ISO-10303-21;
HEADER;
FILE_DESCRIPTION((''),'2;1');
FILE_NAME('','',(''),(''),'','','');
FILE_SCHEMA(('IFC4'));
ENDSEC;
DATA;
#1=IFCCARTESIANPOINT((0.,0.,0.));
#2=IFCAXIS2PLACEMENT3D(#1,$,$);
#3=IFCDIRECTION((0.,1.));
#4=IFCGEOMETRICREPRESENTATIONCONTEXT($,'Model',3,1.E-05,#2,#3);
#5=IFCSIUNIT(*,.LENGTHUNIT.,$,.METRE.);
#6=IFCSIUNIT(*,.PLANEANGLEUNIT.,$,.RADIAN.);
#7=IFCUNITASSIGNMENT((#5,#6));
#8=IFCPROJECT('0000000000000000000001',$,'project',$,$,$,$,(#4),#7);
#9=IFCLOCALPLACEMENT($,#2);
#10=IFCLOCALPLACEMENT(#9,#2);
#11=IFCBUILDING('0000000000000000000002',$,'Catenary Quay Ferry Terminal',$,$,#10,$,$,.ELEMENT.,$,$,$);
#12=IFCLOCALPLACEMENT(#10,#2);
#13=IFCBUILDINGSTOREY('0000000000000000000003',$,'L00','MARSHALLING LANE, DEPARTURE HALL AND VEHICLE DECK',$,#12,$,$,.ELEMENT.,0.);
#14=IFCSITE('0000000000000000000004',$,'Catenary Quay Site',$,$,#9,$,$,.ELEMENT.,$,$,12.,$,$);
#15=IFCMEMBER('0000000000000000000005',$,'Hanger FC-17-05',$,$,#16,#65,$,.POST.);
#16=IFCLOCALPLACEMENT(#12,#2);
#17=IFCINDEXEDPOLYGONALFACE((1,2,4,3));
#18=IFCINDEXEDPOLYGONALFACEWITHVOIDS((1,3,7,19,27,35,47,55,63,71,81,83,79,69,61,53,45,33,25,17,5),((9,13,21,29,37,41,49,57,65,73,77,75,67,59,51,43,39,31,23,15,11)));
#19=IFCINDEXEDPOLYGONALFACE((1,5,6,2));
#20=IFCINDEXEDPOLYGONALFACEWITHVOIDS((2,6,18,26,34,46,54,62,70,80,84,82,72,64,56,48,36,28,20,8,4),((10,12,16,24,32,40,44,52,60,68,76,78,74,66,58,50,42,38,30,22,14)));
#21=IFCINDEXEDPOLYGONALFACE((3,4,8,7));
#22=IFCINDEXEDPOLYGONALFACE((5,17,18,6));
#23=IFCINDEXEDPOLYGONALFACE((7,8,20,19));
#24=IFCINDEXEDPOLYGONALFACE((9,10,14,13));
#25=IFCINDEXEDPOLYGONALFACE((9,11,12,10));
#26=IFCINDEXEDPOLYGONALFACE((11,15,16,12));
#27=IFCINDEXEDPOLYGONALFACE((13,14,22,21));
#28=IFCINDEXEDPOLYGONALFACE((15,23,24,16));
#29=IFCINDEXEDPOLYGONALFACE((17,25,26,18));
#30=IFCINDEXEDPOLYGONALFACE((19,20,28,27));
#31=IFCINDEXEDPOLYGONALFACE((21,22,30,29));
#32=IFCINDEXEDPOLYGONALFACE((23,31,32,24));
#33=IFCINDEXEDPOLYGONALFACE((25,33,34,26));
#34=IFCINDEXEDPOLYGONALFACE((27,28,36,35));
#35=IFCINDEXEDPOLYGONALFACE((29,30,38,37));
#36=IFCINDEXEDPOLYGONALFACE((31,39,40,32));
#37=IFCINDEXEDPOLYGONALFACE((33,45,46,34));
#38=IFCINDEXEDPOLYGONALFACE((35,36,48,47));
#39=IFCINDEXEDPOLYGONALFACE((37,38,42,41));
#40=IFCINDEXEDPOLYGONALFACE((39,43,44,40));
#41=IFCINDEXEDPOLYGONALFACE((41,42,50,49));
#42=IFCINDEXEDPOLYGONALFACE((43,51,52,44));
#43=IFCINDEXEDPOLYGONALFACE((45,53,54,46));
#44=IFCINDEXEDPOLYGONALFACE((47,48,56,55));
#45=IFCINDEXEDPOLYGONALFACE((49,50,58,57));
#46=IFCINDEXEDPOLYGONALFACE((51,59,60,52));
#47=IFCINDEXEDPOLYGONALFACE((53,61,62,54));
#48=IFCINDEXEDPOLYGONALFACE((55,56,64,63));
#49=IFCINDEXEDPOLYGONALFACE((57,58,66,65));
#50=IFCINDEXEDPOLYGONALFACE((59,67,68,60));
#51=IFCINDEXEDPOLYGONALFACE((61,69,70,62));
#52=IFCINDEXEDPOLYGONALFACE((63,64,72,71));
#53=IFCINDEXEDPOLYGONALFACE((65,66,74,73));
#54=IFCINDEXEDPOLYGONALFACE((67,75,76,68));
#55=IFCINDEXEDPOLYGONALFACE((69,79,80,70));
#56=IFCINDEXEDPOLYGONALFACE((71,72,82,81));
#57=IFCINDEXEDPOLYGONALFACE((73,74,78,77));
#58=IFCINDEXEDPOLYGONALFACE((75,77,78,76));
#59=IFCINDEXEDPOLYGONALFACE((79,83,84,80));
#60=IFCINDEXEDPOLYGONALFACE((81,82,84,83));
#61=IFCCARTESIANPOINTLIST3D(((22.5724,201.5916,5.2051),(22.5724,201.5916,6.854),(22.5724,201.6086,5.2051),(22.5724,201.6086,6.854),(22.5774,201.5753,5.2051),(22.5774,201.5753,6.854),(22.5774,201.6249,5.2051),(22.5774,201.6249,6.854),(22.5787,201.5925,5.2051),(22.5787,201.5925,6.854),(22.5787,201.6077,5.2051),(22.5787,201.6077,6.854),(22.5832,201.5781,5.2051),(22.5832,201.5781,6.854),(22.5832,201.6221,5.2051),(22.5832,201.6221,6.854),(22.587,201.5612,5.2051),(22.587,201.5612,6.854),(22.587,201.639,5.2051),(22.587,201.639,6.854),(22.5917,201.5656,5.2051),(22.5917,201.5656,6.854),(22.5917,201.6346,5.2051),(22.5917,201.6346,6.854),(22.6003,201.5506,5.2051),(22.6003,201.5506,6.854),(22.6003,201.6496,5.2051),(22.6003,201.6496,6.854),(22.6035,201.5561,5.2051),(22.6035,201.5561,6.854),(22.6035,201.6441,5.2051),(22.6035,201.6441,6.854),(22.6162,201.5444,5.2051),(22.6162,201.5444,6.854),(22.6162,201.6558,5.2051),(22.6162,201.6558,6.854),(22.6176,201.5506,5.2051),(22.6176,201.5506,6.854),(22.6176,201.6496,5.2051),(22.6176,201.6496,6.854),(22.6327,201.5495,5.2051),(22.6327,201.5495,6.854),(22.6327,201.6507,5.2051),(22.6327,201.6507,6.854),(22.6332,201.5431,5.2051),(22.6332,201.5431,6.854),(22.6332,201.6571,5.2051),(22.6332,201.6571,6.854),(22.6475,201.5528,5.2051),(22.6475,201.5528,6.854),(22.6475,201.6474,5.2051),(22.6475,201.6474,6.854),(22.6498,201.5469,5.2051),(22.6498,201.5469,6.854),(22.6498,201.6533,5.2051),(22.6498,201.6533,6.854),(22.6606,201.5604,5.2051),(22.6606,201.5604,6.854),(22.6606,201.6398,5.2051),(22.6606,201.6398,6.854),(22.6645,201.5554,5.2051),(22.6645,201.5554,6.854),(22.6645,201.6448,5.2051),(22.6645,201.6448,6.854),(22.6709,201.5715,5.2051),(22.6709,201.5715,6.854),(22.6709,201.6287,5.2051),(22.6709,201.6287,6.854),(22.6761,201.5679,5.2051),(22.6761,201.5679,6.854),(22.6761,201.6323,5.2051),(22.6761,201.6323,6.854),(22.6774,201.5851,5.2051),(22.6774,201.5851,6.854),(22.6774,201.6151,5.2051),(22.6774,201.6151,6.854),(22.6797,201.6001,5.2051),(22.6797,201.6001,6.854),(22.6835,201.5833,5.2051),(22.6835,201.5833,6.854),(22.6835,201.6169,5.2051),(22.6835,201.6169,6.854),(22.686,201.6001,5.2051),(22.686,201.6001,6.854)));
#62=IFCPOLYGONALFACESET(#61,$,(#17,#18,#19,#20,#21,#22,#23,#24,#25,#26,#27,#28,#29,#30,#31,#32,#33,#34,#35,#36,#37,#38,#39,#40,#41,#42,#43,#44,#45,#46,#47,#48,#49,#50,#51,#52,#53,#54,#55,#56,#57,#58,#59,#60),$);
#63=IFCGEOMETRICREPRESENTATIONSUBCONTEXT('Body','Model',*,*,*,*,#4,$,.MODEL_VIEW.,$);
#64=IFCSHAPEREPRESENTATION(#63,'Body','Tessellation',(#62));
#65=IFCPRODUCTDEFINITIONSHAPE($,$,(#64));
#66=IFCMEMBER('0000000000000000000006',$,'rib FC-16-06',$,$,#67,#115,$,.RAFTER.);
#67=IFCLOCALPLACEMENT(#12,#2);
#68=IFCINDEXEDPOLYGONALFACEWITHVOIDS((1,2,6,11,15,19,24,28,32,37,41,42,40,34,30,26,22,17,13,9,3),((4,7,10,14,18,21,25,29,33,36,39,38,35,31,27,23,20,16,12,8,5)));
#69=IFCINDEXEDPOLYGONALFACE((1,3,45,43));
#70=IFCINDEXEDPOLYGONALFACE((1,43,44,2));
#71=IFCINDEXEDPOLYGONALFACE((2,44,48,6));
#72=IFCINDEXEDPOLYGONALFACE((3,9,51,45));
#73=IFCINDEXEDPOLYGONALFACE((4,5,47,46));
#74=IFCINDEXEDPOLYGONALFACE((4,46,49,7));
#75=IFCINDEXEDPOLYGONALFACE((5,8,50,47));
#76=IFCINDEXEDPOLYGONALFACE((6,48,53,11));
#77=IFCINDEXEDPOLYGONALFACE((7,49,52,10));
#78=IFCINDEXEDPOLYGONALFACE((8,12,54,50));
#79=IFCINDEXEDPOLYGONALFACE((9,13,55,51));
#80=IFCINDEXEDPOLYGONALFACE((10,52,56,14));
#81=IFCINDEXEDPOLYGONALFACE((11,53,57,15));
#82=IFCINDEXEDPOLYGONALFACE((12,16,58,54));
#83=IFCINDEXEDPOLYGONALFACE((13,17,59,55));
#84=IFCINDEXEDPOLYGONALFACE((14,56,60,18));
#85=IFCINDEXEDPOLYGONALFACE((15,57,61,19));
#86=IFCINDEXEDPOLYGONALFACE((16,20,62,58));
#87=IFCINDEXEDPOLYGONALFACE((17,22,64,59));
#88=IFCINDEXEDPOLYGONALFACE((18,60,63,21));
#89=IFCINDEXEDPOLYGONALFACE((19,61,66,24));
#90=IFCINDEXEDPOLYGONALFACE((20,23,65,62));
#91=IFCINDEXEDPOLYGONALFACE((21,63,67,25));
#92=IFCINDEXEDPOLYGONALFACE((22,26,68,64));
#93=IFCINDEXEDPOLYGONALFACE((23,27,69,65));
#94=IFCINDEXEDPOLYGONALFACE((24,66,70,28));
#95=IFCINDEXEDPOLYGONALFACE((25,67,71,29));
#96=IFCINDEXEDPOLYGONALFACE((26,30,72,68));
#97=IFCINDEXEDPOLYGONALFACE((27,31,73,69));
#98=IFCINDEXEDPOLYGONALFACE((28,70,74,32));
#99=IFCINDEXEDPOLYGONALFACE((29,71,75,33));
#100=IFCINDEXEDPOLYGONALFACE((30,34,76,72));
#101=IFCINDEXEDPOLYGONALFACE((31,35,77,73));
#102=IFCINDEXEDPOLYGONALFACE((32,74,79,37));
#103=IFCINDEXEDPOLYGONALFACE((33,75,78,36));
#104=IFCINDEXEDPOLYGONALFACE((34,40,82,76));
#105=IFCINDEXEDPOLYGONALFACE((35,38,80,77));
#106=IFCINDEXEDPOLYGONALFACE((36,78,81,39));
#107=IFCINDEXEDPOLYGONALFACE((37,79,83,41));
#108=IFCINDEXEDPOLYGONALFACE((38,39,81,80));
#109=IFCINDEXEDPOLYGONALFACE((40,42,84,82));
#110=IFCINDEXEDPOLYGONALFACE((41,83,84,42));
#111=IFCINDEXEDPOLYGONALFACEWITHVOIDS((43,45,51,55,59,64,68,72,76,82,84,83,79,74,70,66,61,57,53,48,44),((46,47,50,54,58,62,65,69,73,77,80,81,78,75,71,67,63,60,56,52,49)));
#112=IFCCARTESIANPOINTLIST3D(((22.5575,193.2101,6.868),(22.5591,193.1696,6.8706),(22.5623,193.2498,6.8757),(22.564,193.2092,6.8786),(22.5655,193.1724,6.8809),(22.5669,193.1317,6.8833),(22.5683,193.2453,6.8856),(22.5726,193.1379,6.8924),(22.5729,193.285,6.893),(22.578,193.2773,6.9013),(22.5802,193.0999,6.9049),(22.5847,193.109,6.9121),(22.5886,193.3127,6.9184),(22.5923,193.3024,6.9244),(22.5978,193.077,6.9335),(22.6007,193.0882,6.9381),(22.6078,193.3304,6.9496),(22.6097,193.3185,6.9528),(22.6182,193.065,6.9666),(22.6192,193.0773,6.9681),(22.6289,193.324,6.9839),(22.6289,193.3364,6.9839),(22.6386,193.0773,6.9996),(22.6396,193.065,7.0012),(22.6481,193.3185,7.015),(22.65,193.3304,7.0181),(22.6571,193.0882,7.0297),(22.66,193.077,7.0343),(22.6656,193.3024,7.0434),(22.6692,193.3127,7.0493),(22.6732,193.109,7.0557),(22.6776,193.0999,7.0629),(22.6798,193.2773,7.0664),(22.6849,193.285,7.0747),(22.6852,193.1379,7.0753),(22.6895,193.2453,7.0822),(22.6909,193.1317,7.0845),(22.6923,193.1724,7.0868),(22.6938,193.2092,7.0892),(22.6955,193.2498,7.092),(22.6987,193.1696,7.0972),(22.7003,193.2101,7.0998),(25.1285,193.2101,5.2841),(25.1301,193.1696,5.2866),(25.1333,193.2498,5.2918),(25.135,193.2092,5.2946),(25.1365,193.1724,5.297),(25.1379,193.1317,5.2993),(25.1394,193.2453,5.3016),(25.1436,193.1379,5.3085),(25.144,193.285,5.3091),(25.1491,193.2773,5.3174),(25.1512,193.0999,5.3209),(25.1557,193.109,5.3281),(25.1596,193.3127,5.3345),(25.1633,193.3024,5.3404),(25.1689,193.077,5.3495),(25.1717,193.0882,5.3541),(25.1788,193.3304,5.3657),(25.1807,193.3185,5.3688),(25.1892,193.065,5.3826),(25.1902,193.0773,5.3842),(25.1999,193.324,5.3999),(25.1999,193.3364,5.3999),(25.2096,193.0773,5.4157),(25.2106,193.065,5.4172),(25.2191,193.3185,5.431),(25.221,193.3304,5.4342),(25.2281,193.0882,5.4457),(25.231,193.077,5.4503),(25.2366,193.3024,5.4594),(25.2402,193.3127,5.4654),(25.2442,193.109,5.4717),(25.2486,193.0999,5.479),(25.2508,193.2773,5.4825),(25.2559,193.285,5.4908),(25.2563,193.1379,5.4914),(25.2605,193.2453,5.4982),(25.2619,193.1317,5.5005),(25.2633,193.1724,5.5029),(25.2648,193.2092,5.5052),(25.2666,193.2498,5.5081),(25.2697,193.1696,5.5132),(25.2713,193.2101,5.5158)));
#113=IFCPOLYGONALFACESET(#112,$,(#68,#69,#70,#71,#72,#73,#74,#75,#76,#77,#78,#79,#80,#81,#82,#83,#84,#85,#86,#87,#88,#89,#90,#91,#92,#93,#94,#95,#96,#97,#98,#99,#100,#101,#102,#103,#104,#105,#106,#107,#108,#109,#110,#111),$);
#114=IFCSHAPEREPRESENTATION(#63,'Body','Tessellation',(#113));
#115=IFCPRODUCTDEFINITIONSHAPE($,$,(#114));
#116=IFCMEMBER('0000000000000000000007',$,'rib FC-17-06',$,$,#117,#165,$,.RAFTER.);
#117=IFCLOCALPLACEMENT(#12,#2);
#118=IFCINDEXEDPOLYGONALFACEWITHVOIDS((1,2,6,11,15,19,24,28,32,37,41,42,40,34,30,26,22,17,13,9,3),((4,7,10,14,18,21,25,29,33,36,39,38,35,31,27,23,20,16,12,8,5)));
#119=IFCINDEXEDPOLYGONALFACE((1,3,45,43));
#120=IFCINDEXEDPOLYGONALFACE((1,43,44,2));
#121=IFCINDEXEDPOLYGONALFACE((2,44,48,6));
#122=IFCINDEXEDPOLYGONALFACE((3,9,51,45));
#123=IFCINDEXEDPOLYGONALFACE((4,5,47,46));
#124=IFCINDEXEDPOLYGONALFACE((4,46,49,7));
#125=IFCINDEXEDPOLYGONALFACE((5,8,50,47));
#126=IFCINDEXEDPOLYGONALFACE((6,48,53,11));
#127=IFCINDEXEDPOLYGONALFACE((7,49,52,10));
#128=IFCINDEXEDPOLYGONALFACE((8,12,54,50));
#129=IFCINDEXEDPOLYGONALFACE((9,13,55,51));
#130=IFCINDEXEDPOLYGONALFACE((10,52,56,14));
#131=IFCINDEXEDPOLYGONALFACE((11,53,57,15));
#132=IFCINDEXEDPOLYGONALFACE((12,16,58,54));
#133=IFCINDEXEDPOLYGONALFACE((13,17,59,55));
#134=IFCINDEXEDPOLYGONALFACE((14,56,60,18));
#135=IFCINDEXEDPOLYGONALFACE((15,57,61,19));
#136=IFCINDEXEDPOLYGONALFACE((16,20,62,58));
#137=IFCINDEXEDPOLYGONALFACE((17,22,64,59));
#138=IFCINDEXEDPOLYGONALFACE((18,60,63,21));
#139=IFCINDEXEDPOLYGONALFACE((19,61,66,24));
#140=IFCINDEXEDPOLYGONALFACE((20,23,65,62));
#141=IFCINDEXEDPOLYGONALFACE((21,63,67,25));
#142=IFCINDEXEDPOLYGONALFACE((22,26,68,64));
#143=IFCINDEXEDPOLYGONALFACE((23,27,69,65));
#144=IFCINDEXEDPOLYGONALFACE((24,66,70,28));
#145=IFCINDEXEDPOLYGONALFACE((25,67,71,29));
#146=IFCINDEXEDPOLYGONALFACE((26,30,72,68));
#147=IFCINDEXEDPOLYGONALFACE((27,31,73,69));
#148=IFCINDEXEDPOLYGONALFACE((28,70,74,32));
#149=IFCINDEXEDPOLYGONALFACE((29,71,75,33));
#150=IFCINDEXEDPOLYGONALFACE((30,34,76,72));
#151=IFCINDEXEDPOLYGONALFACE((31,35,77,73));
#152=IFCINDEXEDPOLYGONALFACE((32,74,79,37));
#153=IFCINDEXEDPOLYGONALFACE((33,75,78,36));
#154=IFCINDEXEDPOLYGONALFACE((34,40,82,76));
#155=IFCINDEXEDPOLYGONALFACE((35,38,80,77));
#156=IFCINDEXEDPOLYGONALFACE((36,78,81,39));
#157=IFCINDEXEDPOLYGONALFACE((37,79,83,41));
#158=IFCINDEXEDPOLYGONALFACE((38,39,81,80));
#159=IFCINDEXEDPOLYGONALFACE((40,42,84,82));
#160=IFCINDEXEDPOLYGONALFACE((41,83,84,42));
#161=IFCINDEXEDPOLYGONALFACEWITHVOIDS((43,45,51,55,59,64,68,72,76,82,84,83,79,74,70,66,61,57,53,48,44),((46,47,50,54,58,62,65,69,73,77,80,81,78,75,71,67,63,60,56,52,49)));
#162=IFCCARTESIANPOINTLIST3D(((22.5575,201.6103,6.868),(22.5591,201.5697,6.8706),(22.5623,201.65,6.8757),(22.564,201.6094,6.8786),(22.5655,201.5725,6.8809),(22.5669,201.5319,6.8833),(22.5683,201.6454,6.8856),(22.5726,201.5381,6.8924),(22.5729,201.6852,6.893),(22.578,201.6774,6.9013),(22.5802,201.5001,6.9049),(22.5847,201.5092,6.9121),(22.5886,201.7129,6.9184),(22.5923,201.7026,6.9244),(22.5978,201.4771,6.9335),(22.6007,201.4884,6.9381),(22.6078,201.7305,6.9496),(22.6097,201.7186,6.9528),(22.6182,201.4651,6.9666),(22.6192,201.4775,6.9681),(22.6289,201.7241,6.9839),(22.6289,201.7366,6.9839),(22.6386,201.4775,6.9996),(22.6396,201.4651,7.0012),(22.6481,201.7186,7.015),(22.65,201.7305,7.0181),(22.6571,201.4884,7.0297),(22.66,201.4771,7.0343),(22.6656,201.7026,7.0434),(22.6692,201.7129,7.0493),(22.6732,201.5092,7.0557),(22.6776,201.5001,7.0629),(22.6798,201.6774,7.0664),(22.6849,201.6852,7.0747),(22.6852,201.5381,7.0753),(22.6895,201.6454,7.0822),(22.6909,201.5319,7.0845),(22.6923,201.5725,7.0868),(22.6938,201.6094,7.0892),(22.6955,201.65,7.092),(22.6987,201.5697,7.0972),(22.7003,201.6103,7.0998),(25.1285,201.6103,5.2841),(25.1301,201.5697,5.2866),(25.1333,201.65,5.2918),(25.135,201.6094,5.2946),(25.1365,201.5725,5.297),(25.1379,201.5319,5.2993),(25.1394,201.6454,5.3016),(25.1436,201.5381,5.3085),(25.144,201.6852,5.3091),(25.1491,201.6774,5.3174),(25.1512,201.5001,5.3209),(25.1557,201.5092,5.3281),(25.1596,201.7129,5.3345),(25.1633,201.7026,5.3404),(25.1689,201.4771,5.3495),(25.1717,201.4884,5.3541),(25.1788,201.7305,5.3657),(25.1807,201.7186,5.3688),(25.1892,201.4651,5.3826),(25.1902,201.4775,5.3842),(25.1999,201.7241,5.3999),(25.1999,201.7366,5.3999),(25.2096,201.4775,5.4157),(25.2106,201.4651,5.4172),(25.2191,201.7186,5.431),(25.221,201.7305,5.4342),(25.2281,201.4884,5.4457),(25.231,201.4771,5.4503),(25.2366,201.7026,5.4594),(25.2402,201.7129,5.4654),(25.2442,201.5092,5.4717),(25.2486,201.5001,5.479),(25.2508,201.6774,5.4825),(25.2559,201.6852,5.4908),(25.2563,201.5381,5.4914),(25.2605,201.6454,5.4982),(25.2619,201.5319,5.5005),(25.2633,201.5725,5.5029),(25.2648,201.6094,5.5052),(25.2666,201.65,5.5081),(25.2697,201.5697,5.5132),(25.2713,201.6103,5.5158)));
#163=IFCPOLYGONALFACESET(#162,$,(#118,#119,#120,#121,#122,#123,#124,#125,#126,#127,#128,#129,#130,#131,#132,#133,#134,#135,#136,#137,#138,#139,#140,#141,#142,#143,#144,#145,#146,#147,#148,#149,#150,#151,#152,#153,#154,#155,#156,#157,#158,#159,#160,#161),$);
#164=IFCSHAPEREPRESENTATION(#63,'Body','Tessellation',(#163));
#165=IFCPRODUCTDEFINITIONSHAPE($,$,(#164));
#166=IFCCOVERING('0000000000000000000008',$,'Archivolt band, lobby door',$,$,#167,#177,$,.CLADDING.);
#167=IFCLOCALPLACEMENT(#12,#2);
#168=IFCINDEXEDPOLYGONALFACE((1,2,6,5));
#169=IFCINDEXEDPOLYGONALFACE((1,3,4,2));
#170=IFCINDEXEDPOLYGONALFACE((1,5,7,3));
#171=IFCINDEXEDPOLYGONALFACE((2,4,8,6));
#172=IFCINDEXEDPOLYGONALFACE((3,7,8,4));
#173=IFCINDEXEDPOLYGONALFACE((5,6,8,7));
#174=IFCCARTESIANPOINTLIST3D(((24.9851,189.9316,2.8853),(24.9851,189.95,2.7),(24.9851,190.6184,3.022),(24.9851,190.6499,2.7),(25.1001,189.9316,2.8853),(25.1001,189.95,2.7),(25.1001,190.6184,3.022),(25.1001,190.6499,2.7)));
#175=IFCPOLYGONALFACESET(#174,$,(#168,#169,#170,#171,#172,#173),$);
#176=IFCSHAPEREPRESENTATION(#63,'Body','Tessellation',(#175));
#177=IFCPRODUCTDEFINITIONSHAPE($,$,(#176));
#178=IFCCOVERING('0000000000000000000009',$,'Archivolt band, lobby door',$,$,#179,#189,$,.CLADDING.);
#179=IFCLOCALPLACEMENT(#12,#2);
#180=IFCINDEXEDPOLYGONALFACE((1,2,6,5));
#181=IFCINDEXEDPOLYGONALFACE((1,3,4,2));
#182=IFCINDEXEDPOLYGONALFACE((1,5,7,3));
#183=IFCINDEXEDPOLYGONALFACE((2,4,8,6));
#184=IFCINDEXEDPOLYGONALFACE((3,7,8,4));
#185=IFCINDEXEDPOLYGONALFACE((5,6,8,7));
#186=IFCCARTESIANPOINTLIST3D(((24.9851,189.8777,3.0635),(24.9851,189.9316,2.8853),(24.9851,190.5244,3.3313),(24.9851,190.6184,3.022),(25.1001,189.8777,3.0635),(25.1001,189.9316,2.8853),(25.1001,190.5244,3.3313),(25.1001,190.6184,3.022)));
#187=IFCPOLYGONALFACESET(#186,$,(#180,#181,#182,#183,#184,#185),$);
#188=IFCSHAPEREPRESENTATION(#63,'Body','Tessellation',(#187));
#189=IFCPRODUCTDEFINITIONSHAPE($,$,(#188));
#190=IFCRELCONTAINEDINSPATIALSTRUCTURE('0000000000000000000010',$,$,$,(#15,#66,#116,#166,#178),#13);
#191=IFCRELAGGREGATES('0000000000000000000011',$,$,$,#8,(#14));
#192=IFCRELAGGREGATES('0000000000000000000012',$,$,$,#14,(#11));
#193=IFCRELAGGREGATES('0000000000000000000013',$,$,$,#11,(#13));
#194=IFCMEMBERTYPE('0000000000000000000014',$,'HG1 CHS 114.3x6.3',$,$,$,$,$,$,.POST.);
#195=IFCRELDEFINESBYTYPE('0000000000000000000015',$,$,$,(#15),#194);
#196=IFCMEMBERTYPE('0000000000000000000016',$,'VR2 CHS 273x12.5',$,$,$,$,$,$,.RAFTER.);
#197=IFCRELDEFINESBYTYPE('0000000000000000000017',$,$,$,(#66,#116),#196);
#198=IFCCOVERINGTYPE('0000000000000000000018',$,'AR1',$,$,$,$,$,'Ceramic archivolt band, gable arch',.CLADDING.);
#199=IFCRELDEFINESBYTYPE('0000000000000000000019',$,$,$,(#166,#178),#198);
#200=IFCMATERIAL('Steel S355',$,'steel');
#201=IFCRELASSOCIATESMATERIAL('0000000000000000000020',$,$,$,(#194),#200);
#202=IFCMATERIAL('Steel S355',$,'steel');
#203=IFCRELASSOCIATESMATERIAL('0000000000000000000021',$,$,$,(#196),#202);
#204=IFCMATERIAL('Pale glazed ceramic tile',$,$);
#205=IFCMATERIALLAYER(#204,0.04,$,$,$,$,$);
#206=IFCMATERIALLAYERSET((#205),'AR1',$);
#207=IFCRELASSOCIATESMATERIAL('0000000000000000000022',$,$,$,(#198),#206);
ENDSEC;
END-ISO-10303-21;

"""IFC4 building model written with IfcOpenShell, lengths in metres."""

from ifc_helpers import new_model, si_unit, direction, frame, origin, origin_2d, place, context, subcontext, project, spatial, polyline, hollow_circle, outline, extrude, material, layer, layer_set, material_profile, profile_set, type_object, element, save


model = new_model("IFC4")

# Units and contexts
model_context = context("Model", 3, precision=1e-05, world=origin(), true_north=direction((0.0, 1.0)))
body_context = subcontext(model_context, "Body", "Model", "MODEL_VIEW")
ifc_project = project(units=[si_unit("LENGTHUNIT", "METRE"), si_unit("PLANEANGLEUNIT", "RADIAN")], contexts=[model_context])

# Site, building, storey
site_placement = place(None, origin())
site = spatial("IfcSite", under=ifc_project, at=site_placement, Name="Catenary Quay Site", CompositionType="ELEMENT", RefElevation=12.0)
building_placement = place(site_placement, origin())
building = spatial("IfcBuilding", under=site, at=building_placement, Name="Catenary Quay Ferry Terminal", CompositionType="ELEMENT")
storey_placement = place(building_placement, origin())
storey = spatial("IfcBuildingStorey", under=building, at=storey_placement, Name="L00", Description="MARSHALLING LANE, DEPARTURE HALL AND VEHICLE DECK", CompositionType="ELEMENT", Elevation=0.0)

# Members
ifc_material_1 = material(Name="Steel S355", Category="steel")
ifc_material_profile_1 = material_profile(ifc_material_1, hollow_circle(Radius=0.0571, WallThickness=0.0063, at=origin_2d()), Name="CHS 114.3x6.3")
ifc_profile_set_1 = profile_set([ifc_material_profile_1], Name="Steel S355")
member_type_1 = type_object("IfcMemberType", Name="HG1 CHS 114.3x6.3", PredefinedType="POST", material=ifc_profile_set_1)
member_1_placement = place(storey_placement, frame((22.6289, 201.6001, 5.2051), z_axis=(0.0, 0.0, 1.0), x_axis=(1.0, 0.0, 0.0)))
element("IfcMember", 1, at=member_1_placement, inside=storey, type_object=member_type_1, Name="Hanger FC-17-05", PredefinedType="POST", context=body_context, shape_type="SweptSolid", body=[
    extrude(hollow_circle(Radius=0.0571, WallThickness=0.0063, at=origin_2d()), origin(), (0.0, 0.0, 1.0), 1.6489),
])
ifc_material_2 = material(Name="Steel S355", Category="steel")
ifc_material_profile_2 = material_profile(ifc_material_2, hollow_circle(Radius=0.1365, WallThickness=0.0125, at=origin_2d()), Name="CHS 273x12.5")
ifc_profile_set_2 = profile_set([ifc_material_profile_2], Name="Steel S355")
member_type_2 = type_object("IfcMemberType", Name="VR2 CHS 273x12.5", PredefinedType="RAFTER", material=ifc_profile_set_2)
for number, where, z_axis, x_axis, name in (
    (2, (22.6289, 193.2, 6.9839), (0.851392, 0.0, -0.52453), (0.0, 1.0, 0.0), "rib FC-16-06"),
    (3, (22.6289, 201.6001, 6.9839), (0.851392, 0.0, -0.52453), (0.0, 1.0, 0.0), "rib FC-17-06"),
):
    element("IfcMember", number, at=place(storey_placement, frame(where, z_axis=z_axis, x_axis=x_axis)), inside=storey, type_object=member_type_2, Name=name, PredefinedType="RAFTER", context=body_context, shape_type="SweptSolid", body=[
        extrude(hollow_circle(Radius=0.1365, WallThickness=0.0125, at=origin_2d()), origin(), (0.0, 0.0, 1.0), 3.0198),
    ])

# Coverings
ifc_material_3 = material(Name="Pale glazed ceramic tile")
ifc_layer_1 = layer(ifc_material_3, 0.04)
ifc_layer_set_1 = layer_set([ifc_layer_1], Name="AR1")
covering_type_1 = type_object("IfcCoveringType", Name="AR1", ElementType="Ceramic archivolt band, gable arch", PredefinedType="CLADDING", material=ifc_layer_set_1)
covering_1_placement = place(storey_placement, frame((25.1001, 190.6499, 2.7), z_axis=(1.0, 0.0, 0.0), x_axis=(0.0, -0.097337, 0.995251)))
element("IfcCovering", 4, at=covering_1_placement, inside=storey, type_object=covering_type_1, Name="Archivolt band, lobby door", PredefinedType="CLADDING", context=body_context, shape_type="SweptSolid", body=[
    extrude(outline(polyline([(0.0, 0.0), (0.3236, 0.0), (0.2543, 0.6968), (0.0681, 0.6966), (0.0, 0.0)])), origin(), (0.0, 0.0, -1.0), 0.115),
])
covering_2_placement = place(storey_placement, frame((25.1001, 190.6184, 3.022), z_axis=(1.0, 0.0, 0.0), x_axis=(0.0, -0.290741, 0.956802)))
element("IfcCovering", 5, at=covering_2_placement, inside=storey, type_object=covering_type_1, Name="Archivolt band, lobby door", PredefinedType="CLADDING", context=body_context, shape_type="SweptSolid", body=[
    extrude(outline(polyline([(0.0, 0.0), (0.3233, 0.0), (0.2551, 0.6967), (0.0689, 0.6969), (0.0, 0.0)])), origin(), (0.0, 0.0, -1.0), 0.115),
])

save(model, "model.ifc")
